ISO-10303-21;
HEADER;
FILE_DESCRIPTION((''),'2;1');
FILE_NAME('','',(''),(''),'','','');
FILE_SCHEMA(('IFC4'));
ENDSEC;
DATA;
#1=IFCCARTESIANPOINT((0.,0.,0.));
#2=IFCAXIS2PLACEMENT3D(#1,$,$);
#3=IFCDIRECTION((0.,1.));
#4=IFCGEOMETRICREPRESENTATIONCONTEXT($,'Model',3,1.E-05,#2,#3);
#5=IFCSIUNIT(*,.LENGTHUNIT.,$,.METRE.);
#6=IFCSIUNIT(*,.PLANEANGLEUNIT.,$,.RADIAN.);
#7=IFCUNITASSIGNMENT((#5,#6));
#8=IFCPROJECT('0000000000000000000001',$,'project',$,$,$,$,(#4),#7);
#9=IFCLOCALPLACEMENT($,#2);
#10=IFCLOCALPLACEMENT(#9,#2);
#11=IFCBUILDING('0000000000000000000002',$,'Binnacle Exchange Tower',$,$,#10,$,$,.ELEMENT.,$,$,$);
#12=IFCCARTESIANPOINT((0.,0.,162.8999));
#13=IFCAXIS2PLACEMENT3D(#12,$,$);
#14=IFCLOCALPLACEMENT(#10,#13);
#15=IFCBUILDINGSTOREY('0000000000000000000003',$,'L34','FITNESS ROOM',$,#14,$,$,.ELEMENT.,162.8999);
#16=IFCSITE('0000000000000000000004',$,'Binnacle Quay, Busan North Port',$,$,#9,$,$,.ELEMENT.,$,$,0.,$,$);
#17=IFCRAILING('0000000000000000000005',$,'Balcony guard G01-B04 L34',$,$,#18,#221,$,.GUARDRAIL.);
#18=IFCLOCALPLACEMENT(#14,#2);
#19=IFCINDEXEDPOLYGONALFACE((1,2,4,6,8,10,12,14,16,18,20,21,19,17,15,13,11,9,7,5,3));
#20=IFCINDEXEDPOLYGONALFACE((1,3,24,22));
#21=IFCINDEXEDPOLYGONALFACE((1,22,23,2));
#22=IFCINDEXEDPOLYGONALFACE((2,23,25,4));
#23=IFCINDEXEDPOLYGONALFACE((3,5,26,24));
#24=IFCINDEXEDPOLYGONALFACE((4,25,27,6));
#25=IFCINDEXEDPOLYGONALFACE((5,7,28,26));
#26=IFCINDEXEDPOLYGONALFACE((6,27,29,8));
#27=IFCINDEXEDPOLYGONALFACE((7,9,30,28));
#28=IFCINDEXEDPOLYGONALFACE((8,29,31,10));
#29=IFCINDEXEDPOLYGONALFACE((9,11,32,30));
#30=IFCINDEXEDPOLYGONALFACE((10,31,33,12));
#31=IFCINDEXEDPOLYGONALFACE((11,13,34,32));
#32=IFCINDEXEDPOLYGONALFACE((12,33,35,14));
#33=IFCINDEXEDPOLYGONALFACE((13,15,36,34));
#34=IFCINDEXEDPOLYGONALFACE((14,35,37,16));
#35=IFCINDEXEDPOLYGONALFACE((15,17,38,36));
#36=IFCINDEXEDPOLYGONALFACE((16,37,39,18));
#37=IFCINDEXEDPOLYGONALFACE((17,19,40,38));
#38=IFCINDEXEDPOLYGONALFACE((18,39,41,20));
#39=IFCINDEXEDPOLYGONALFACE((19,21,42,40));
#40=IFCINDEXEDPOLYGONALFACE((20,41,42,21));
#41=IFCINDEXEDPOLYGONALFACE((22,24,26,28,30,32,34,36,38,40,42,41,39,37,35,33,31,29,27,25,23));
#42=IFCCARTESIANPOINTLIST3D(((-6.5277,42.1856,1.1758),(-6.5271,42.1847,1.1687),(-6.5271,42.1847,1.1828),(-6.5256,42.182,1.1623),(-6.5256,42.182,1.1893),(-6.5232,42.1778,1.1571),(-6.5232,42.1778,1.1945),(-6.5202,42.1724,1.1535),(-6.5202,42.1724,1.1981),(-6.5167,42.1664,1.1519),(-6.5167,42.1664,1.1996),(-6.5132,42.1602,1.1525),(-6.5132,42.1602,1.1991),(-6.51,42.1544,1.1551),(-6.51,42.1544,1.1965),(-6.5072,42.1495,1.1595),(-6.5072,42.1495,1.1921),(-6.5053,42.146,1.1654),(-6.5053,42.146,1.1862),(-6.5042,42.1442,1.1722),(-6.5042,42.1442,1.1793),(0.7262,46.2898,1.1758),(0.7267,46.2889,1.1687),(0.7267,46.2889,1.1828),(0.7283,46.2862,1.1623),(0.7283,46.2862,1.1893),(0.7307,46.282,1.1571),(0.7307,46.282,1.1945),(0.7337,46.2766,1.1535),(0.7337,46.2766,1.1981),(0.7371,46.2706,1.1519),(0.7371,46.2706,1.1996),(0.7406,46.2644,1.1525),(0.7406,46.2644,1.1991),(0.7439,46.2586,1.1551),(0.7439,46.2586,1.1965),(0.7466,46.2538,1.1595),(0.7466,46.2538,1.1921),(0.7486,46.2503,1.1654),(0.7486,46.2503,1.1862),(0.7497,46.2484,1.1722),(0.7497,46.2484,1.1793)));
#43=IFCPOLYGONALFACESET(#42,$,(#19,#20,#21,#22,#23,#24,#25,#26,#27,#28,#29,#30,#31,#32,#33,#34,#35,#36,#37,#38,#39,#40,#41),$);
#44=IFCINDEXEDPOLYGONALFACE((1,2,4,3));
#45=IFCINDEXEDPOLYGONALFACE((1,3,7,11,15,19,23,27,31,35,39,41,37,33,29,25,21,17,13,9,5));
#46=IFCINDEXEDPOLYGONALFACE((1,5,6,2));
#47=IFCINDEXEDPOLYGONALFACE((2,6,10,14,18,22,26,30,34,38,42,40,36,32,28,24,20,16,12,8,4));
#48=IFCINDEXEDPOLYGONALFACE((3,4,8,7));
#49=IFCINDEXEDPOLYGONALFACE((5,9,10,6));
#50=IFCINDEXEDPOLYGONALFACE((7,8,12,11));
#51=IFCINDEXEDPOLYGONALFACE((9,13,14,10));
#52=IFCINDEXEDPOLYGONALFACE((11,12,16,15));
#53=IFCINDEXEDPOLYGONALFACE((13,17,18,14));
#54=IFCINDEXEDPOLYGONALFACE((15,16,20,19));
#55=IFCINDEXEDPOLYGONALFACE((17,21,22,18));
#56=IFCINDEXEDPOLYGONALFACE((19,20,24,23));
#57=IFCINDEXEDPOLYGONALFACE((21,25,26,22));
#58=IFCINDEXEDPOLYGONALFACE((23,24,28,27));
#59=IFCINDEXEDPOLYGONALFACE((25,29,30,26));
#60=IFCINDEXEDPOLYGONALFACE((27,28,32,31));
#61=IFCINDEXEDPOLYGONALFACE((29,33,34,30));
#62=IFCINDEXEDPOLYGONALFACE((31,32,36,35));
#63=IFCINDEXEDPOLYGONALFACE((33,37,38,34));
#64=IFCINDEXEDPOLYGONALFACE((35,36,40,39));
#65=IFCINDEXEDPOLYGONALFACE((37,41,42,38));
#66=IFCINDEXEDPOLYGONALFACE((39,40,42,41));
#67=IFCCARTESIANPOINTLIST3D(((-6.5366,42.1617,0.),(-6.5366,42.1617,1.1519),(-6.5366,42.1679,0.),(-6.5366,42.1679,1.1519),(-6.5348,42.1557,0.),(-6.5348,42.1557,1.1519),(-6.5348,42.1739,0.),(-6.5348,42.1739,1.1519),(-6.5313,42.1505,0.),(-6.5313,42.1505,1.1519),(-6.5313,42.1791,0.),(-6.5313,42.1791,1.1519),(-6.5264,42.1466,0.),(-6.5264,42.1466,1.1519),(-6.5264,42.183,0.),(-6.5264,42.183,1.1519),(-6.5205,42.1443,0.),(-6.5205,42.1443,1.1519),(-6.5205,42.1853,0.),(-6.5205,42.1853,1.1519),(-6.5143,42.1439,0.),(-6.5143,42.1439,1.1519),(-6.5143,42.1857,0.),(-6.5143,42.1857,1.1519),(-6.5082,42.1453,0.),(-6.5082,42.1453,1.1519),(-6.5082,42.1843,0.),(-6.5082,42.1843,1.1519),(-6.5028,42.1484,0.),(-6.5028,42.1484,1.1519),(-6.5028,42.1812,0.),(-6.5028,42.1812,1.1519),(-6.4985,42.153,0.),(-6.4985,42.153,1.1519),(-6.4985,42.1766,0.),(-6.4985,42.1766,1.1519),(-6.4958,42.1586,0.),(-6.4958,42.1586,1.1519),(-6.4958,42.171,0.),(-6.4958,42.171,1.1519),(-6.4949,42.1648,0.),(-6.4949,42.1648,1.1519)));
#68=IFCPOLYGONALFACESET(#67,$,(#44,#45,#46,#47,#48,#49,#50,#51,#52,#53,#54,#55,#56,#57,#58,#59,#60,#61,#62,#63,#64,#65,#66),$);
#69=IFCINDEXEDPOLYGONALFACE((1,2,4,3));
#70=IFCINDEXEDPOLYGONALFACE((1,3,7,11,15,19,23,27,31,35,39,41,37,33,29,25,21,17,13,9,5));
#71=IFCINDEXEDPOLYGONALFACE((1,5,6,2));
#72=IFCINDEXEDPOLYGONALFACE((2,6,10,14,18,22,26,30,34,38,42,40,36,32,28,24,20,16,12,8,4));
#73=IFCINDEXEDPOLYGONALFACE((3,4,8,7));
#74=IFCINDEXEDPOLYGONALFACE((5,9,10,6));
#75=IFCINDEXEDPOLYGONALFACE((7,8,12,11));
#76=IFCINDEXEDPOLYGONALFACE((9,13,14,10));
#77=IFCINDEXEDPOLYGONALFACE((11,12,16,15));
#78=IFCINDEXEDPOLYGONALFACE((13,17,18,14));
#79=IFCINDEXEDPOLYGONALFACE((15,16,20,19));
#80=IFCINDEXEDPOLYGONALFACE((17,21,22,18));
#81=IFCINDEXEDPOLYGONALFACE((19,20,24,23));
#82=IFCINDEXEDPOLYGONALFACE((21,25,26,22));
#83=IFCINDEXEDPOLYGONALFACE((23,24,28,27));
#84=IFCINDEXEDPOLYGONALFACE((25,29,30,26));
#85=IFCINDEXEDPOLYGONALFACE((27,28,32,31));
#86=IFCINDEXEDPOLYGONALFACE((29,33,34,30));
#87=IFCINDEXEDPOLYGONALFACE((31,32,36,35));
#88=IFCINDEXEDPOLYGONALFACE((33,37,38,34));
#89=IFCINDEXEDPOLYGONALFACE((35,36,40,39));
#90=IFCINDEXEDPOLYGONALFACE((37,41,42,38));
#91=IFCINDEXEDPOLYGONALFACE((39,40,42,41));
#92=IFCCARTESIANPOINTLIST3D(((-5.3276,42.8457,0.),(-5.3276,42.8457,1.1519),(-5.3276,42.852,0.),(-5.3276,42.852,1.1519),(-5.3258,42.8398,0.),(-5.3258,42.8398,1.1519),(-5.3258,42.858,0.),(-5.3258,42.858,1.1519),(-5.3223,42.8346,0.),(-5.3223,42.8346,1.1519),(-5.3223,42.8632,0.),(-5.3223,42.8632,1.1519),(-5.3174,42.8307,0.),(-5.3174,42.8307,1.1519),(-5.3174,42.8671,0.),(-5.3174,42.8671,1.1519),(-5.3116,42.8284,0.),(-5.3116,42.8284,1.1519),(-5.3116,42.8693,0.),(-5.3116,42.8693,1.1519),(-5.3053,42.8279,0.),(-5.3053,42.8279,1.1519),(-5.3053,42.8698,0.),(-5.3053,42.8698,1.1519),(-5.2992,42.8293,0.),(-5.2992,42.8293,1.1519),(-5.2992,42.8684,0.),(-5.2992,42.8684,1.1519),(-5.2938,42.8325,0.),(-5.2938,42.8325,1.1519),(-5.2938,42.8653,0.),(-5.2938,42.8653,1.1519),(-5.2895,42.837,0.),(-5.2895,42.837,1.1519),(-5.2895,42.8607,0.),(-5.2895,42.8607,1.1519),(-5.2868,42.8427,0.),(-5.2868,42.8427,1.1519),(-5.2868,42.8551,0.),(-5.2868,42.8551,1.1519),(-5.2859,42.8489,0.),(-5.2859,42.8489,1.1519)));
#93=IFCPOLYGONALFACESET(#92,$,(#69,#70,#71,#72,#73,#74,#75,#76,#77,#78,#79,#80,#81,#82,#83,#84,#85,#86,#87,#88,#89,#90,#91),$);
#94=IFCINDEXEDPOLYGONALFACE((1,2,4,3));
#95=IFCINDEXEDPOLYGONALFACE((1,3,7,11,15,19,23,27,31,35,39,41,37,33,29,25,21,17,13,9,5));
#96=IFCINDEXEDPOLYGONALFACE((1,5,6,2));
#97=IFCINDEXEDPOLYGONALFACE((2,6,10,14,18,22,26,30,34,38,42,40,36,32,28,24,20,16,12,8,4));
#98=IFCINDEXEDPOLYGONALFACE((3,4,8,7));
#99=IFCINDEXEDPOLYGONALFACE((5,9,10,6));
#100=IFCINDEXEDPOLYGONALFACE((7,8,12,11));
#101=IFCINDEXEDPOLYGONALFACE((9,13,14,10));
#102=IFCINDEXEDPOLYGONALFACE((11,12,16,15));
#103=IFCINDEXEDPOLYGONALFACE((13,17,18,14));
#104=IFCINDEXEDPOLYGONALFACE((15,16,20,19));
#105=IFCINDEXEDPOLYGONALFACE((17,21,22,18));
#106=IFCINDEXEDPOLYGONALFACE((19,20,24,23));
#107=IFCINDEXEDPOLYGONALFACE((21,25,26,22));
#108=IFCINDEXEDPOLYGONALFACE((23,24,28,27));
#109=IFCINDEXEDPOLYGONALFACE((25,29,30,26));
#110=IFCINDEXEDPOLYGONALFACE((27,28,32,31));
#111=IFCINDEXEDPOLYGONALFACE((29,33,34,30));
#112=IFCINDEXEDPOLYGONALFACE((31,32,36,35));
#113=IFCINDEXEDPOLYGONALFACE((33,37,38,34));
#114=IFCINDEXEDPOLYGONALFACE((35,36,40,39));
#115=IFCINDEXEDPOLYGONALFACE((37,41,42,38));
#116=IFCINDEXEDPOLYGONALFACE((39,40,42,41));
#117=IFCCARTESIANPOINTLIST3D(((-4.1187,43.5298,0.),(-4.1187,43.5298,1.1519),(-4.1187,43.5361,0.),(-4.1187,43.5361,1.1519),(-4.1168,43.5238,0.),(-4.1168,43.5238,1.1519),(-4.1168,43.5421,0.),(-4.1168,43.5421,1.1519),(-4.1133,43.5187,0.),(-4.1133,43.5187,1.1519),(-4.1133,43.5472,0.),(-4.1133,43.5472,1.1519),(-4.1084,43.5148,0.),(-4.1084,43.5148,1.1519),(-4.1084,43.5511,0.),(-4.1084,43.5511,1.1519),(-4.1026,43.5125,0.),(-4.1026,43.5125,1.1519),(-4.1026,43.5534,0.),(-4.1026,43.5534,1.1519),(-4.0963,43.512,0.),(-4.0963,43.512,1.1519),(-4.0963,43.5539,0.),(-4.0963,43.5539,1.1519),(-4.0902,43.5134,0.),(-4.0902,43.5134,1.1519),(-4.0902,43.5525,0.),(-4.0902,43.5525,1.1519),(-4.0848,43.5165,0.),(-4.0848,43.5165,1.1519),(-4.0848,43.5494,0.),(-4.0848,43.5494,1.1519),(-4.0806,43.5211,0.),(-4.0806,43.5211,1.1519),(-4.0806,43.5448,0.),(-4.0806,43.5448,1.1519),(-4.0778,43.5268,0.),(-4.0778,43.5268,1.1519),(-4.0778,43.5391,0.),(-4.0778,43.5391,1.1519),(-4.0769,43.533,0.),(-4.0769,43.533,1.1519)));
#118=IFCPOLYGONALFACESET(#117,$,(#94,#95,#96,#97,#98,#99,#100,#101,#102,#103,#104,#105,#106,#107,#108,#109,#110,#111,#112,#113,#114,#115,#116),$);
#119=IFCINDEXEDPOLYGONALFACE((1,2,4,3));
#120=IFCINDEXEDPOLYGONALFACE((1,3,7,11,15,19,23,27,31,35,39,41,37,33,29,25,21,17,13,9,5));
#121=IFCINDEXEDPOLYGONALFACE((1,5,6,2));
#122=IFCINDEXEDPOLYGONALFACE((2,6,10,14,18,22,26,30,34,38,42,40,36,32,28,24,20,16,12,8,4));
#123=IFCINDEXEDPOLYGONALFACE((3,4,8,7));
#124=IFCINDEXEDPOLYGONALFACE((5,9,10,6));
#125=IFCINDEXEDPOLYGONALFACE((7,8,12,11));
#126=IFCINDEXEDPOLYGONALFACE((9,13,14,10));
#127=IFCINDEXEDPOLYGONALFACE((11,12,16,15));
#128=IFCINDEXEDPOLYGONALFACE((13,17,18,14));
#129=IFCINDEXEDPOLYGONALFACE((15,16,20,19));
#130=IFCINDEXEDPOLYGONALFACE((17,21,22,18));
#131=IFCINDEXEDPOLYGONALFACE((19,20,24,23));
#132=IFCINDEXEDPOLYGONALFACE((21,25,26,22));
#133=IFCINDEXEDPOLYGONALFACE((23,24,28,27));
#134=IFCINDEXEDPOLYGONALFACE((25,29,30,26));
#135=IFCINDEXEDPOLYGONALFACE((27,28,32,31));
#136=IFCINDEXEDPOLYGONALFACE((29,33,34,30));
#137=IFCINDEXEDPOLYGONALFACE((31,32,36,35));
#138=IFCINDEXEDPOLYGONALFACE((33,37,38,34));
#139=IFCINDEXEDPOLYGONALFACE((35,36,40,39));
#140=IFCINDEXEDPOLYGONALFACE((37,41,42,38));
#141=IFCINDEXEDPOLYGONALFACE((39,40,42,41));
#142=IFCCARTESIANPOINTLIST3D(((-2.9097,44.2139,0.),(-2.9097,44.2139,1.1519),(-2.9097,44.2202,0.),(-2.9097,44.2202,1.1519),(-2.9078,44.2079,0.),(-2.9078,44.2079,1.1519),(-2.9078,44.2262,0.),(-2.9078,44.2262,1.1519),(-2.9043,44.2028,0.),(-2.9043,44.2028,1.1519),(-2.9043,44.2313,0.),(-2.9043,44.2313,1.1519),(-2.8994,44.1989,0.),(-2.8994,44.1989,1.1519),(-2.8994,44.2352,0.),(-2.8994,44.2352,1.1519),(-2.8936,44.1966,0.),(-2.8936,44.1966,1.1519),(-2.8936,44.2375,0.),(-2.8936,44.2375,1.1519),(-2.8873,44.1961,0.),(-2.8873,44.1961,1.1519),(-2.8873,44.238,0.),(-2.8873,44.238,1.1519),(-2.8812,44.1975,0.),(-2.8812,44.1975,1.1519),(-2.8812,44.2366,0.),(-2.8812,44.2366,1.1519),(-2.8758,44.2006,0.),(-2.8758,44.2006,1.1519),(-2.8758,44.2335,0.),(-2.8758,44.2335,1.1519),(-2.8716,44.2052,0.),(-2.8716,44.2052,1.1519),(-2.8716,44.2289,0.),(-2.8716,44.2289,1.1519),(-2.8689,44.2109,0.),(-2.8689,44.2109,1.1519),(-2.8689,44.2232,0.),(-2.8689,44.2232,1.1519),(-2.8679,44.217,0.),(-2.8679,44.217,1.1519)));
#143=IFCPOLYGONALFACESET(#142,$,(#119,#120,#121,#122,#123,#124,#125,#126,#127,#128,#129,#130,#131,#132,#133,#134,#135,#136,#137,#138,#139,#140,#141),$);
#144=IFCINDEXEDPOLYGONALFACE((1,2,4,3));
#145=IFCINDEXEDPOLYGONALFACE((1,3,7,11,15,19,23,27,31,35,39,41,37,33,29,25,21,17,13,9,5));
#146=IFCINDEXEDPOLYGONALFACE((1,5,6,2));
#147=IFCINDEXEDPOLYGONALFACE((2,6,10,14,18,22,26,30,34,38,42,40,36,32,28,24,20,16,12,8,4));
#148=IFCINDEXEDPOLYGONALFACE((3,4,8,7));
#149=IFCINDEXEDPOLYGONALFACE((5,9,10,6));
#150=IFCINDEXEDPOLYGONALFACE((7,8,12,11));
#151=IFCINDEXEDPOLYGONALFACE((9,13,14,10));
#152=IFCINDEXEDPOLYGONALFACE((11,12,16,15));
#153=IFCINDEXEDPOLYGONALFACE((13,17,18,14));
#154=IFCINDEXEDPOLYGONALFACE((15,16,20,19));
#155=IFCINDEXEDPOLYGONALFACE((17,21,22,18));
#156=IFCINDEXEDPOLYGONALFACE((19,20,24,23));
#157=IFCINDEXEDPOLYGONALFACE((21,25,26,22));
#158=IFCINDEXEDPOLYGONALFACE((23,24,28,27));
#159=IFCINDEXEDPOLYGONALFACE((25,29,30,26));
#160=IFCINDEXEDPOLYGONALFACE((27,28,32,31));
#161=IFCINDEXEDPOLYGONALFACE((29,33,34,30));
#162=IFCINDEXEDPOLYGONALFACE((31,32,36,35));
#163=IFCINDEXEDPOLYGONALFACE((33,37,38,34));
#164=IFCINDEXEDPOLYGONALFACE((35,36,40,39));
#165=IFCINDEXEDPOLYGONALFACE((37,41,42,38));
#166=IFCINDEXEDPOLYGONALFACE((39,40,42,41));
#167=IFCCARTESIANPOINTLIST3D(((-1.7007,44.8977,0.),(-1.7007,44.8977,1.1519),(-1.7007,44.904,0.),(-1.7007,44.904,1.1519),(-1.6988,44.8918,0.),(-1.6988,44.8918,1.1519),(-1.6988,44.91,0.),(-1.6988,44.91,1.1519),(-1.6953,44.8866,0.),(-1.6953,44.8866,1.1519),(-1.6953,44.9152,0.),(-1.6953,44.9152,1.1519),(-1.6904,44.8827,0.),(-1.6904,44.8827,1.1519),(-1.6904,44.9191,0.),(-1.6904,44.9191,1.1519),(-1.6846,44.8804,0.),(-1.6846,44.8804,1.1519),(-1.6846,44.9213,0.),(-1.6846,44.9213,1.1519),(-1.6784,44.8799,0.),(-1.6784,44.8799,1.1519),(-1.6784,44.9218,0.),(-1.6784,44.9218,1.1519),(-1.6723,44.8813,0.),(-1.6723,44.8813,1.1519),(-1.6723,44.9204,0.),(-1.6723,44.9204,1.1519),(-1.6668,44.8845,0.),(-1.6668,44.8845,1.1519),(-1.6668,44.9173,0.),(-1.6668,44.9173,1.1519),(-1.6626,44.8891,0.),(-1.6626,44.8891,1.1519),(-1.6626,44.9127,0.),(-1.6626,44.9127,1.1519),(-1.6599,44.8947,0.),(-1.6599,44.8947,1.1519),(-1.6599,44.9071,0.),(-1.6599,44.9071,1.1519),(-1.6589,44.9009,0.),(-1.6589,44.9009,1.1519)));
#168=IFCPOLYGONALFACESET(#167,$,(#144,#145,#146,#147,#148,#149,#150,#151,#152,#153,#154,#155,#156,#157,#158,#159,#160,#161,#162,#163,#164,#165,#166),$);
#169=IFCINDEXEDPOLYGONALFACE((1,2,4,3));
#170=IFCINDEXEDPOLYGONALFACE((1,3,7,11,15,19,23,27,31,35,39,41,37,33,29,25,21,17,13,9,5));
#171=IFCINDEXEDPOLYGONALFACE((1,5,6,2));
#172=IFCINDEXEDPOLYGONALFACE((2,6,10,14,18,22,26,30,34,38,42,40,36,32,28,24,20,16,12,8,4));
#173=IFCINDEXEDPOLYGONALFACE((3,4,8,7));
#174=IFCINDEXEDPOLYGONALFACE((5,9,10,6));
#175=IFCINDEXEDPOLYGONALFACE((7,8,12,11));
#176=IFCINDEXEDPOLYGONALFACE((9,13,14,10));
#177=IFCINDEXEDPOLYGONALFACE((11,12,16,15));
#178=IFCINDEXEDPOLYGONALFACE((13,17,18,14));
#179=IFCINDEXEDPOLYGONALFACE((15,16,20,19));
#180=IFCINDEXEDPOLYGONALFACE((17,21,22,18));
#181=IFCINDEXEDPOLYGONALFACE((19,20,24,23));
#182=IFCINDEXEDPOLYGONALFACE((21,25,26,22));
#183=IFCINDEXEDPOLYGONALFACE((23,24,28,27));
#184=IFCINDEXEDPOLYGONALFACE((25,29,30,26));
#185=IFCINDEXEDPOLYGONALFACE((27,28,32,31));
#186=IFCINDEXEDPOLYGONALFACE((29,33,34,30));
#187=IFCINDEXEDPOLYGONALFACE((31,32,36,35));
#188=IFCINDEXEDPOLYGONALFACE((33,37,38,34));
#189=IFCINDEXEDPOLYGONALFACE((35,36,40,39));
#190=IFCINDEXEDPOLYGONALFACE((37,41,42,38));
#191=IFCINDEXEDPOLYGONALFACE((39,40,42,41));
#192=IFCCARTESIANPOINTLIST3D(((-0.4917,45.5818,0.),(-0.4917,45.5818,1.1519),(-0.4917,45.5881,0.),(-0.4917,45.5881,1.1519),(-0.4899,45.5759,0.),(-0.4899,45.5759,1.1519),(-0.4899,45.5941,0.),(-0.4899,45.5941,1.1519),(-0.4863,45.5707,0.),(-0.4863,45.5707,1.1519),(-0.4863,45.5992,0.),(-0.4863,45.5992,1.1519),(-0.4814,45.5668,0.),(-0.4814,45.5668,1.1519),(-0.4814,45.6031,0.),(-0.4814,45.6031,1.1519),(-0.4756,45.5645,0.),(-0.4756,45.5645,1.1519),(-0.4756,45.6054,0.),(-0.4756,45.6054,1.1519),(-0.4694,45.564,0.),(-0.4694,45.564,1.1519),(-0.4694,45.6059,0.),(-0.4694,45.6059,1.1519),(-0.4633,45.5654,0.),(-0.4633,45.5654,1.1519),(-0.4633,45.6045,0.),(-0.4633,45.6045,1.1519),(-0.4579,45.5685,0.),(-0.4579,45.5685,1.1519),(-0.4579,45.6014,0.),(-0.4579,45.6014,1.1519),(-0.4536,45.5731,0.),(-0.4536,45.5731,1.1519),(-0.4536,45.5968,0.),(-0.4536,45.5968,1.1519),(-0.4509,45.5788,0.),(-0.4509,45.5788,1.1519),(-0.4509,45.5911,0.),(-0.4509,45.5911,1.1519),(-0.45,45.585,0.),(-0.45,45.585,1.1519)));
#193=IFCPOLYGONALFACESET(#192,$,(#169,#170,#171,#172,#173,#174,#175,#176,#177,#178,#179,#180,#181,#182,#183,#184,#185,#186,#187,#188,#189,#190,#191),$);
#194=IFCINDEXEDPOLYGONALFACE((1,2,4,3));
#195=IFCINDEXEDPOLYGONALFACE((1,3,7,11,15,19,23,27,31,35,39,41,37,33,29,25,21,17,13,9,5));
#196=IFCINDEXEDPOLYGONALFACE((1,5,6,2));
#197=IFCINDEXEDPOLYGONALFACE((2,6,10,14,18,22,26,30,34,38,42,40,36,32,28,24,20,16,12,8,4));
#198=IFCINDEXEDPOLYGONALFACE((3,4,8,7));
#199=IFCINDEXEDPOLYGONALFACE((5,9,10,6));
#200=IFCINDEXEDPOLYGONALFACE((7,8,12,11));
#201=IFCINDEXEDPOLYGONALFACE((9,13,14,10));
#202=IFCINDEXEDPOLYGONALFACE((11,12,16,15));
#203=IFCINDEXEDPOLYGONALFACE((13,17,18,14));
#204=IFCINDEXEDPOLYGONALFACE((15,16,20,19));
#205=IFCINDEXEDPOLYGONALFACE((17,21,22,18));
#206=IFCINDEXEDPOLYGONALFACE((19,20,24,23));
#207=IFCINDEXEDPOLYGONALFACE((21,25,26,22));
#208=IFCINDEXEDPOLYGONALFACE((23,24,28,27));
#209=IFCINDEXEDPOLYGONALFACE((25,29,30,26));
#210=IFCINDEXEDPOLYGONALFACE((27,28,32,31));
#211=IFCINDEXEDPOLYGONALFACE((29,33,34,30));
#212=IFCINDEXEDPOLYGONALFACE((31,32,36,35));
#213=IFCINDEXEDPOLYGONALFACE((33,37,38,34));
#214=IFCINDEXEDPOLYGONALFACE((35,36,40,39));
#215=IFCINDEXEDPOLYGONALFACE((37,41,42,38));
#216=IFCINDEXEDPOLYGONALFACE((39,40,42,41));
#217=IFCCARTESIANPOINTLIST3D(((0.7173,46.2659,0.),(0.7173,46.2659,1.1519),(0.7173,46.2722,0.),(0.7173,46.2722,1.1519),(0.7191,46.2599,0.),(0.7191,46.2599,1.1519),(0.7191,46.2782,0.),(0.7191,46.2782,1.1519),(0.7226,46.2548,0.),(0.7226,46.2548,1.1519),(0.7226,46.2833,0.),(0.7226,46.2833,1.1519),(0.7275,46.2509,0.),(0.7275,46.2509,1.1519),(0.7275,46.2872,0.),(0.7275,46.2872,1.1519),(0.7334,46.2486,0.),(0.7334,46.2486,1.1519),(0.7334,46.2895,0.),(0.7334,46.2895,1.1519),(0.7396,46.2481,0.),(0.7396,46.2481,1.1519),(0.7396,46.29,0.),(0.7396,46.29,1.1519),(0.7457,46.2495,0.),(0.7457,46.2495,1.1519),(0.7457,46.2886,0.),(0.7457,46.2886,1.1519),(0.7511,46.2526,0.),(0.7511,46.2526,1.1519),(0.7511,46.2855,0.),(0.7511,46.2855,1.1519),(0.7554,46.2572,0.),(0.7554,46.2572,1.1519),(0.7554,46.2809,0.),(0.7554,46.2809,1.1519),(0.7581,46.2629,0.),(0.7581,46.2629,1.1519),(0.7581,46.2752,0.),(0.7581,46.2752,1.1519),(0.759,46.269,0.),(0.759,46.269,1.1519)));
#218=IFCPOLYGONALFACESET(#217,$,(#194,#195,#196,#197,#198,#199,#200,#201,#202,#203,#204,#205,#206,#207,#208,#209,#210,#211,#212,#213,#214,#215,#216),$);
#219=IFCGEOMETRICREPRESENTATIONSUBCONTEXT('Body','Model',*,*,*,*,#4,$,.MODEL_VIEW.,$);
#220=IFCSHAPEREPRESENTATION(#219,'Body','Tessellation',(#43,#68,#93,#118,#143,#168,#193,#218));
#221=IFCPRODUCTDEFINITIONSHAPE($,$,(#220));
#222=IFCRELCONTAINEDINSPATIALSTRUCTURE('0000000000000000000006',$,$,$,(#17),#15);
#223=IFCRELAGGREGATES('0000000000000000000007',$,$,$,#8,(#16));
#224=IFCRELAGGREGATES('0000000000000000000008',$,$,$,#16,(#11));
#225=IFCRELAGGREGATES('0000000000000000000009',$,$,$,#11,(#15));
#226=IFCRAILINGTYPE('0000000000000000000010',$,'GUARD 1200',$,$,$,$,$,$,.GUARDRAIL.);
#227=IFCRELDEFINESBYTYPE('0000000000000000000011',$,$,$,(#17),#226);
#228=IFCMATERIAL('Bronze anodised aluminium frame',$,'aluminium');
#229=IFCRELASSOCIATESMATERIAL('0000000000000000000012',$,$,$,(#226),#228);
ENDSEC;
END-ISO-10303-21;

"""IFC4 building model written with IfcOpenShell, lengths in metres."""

from ifc_helpers import new_model, si_unit, direction, frame, origin, origin_2d, place, context, subcontext, project, spatial, circle, extrude, material, type_object, element, save


model = new_model("IFC4")

# Units and contexts
model_context = context("Model", 3, precision=1e-05, world=origin(), true_north=direction((0.0, 1.0)))
body_context = subcontext(model_context, "Body", "Model", "MODEL_VIEW")
ifc_project = project(units=[si_unit("LENGTHUNIT", "METRE"), si_unit("PLANEANGLEUNIT", "RADIAN")], contexts=[model_context])

# Site, building, storey
site_placement = place(None, origin())
site = spatial("IfcSite", under=ifc_project, at=site_placement, Name="Binnacle Quay, Busan North Port", CompositionType="ELEMENT", RefElevation=0.0)
building_placement = place(site_placement, origin())
building = spatial("IfcBuilding", under=site, at=building_placement, Name="Binnacle Exchange Tower", CompositionType="ELEMENT")
storey_placement = place(building_placement, frame((0.0, 0.0, 162.8999)))
storey = spatial("IfcBuildingStorey", under=building, at=storey_placement, Name="L34", Description="FITNESS ROOM", CompositionType="ELEMENT", Elevation=162.8999)

# Shared definitions
ifc_material_1 = material(Name="Bronze anodised aluminium frame", Category="aluminium")

# Railing
railing_type = type_object("IfcRailingType", Name="GUARD 1200", PredefinedType="GUARDRAIL", material=ifc_material_1)
railing_placement = place(storey_placement, frame((-6.5159, 42.1648, 0.0)))
element("IfcRailing", 1, at=railing_placement, inside=storey, type_object=railing_type, Name="Balcony guard G01-B04 L34", PredefinedType="GUARDRAIL", context=body_context, shape_type="SweptSolid", body=[
    extrude(circle(Radius=0.0239, at=origin_2d()), frame((0.0, 0.0, 1.1758), z_axis=(0.870346, 0.49244, 0.0), x_axis=(-0.49244, 0.870346, 0.0)), (0.0, 0.0, 1.0), 8.3345),
    extrude(circle(Radius=0.021, at=origin_2d()), origin(), (0.0, 0.0, 1.0), 1.1519),
    extrude(circle(Radius=0.021, at=origin_2d()), frame((1.209, 0.6841, 0.0)), (0.0, 0.0, 1.0), 1.1519),
    extrude(circle(Radius=0.021, at=origin_2d()), frame((2.418, 1.3682, 0.0)), (0.0, 0.0, 1.0), 1.1519),
    extrude(circle(Radius=0.021, at=origin_2d()), frame((3.627, 2.0522, 0.0)), (0.0, 0.0, 1.0), 1.1519),
    extrude(circle(Radius=0.021, at=origin_2d()), frame((4.8359, 2.7361, 0.0)), (0.0, 0.0, 1.0), 1.1519),
    extrude(circle(Radius=0.021, at=origin_2d()), frame((6.0449, 3.4202, 0.0)), (0.0, 0.0, 1.0), 1.1519),
    extrude(circle(Radius=0.021, at=origin_2d()), frame((7.2539, 4.1042, 0.0)), (0.0, 0.0, 1.0), 1.1519),
])

save(model, "model.ifc")
